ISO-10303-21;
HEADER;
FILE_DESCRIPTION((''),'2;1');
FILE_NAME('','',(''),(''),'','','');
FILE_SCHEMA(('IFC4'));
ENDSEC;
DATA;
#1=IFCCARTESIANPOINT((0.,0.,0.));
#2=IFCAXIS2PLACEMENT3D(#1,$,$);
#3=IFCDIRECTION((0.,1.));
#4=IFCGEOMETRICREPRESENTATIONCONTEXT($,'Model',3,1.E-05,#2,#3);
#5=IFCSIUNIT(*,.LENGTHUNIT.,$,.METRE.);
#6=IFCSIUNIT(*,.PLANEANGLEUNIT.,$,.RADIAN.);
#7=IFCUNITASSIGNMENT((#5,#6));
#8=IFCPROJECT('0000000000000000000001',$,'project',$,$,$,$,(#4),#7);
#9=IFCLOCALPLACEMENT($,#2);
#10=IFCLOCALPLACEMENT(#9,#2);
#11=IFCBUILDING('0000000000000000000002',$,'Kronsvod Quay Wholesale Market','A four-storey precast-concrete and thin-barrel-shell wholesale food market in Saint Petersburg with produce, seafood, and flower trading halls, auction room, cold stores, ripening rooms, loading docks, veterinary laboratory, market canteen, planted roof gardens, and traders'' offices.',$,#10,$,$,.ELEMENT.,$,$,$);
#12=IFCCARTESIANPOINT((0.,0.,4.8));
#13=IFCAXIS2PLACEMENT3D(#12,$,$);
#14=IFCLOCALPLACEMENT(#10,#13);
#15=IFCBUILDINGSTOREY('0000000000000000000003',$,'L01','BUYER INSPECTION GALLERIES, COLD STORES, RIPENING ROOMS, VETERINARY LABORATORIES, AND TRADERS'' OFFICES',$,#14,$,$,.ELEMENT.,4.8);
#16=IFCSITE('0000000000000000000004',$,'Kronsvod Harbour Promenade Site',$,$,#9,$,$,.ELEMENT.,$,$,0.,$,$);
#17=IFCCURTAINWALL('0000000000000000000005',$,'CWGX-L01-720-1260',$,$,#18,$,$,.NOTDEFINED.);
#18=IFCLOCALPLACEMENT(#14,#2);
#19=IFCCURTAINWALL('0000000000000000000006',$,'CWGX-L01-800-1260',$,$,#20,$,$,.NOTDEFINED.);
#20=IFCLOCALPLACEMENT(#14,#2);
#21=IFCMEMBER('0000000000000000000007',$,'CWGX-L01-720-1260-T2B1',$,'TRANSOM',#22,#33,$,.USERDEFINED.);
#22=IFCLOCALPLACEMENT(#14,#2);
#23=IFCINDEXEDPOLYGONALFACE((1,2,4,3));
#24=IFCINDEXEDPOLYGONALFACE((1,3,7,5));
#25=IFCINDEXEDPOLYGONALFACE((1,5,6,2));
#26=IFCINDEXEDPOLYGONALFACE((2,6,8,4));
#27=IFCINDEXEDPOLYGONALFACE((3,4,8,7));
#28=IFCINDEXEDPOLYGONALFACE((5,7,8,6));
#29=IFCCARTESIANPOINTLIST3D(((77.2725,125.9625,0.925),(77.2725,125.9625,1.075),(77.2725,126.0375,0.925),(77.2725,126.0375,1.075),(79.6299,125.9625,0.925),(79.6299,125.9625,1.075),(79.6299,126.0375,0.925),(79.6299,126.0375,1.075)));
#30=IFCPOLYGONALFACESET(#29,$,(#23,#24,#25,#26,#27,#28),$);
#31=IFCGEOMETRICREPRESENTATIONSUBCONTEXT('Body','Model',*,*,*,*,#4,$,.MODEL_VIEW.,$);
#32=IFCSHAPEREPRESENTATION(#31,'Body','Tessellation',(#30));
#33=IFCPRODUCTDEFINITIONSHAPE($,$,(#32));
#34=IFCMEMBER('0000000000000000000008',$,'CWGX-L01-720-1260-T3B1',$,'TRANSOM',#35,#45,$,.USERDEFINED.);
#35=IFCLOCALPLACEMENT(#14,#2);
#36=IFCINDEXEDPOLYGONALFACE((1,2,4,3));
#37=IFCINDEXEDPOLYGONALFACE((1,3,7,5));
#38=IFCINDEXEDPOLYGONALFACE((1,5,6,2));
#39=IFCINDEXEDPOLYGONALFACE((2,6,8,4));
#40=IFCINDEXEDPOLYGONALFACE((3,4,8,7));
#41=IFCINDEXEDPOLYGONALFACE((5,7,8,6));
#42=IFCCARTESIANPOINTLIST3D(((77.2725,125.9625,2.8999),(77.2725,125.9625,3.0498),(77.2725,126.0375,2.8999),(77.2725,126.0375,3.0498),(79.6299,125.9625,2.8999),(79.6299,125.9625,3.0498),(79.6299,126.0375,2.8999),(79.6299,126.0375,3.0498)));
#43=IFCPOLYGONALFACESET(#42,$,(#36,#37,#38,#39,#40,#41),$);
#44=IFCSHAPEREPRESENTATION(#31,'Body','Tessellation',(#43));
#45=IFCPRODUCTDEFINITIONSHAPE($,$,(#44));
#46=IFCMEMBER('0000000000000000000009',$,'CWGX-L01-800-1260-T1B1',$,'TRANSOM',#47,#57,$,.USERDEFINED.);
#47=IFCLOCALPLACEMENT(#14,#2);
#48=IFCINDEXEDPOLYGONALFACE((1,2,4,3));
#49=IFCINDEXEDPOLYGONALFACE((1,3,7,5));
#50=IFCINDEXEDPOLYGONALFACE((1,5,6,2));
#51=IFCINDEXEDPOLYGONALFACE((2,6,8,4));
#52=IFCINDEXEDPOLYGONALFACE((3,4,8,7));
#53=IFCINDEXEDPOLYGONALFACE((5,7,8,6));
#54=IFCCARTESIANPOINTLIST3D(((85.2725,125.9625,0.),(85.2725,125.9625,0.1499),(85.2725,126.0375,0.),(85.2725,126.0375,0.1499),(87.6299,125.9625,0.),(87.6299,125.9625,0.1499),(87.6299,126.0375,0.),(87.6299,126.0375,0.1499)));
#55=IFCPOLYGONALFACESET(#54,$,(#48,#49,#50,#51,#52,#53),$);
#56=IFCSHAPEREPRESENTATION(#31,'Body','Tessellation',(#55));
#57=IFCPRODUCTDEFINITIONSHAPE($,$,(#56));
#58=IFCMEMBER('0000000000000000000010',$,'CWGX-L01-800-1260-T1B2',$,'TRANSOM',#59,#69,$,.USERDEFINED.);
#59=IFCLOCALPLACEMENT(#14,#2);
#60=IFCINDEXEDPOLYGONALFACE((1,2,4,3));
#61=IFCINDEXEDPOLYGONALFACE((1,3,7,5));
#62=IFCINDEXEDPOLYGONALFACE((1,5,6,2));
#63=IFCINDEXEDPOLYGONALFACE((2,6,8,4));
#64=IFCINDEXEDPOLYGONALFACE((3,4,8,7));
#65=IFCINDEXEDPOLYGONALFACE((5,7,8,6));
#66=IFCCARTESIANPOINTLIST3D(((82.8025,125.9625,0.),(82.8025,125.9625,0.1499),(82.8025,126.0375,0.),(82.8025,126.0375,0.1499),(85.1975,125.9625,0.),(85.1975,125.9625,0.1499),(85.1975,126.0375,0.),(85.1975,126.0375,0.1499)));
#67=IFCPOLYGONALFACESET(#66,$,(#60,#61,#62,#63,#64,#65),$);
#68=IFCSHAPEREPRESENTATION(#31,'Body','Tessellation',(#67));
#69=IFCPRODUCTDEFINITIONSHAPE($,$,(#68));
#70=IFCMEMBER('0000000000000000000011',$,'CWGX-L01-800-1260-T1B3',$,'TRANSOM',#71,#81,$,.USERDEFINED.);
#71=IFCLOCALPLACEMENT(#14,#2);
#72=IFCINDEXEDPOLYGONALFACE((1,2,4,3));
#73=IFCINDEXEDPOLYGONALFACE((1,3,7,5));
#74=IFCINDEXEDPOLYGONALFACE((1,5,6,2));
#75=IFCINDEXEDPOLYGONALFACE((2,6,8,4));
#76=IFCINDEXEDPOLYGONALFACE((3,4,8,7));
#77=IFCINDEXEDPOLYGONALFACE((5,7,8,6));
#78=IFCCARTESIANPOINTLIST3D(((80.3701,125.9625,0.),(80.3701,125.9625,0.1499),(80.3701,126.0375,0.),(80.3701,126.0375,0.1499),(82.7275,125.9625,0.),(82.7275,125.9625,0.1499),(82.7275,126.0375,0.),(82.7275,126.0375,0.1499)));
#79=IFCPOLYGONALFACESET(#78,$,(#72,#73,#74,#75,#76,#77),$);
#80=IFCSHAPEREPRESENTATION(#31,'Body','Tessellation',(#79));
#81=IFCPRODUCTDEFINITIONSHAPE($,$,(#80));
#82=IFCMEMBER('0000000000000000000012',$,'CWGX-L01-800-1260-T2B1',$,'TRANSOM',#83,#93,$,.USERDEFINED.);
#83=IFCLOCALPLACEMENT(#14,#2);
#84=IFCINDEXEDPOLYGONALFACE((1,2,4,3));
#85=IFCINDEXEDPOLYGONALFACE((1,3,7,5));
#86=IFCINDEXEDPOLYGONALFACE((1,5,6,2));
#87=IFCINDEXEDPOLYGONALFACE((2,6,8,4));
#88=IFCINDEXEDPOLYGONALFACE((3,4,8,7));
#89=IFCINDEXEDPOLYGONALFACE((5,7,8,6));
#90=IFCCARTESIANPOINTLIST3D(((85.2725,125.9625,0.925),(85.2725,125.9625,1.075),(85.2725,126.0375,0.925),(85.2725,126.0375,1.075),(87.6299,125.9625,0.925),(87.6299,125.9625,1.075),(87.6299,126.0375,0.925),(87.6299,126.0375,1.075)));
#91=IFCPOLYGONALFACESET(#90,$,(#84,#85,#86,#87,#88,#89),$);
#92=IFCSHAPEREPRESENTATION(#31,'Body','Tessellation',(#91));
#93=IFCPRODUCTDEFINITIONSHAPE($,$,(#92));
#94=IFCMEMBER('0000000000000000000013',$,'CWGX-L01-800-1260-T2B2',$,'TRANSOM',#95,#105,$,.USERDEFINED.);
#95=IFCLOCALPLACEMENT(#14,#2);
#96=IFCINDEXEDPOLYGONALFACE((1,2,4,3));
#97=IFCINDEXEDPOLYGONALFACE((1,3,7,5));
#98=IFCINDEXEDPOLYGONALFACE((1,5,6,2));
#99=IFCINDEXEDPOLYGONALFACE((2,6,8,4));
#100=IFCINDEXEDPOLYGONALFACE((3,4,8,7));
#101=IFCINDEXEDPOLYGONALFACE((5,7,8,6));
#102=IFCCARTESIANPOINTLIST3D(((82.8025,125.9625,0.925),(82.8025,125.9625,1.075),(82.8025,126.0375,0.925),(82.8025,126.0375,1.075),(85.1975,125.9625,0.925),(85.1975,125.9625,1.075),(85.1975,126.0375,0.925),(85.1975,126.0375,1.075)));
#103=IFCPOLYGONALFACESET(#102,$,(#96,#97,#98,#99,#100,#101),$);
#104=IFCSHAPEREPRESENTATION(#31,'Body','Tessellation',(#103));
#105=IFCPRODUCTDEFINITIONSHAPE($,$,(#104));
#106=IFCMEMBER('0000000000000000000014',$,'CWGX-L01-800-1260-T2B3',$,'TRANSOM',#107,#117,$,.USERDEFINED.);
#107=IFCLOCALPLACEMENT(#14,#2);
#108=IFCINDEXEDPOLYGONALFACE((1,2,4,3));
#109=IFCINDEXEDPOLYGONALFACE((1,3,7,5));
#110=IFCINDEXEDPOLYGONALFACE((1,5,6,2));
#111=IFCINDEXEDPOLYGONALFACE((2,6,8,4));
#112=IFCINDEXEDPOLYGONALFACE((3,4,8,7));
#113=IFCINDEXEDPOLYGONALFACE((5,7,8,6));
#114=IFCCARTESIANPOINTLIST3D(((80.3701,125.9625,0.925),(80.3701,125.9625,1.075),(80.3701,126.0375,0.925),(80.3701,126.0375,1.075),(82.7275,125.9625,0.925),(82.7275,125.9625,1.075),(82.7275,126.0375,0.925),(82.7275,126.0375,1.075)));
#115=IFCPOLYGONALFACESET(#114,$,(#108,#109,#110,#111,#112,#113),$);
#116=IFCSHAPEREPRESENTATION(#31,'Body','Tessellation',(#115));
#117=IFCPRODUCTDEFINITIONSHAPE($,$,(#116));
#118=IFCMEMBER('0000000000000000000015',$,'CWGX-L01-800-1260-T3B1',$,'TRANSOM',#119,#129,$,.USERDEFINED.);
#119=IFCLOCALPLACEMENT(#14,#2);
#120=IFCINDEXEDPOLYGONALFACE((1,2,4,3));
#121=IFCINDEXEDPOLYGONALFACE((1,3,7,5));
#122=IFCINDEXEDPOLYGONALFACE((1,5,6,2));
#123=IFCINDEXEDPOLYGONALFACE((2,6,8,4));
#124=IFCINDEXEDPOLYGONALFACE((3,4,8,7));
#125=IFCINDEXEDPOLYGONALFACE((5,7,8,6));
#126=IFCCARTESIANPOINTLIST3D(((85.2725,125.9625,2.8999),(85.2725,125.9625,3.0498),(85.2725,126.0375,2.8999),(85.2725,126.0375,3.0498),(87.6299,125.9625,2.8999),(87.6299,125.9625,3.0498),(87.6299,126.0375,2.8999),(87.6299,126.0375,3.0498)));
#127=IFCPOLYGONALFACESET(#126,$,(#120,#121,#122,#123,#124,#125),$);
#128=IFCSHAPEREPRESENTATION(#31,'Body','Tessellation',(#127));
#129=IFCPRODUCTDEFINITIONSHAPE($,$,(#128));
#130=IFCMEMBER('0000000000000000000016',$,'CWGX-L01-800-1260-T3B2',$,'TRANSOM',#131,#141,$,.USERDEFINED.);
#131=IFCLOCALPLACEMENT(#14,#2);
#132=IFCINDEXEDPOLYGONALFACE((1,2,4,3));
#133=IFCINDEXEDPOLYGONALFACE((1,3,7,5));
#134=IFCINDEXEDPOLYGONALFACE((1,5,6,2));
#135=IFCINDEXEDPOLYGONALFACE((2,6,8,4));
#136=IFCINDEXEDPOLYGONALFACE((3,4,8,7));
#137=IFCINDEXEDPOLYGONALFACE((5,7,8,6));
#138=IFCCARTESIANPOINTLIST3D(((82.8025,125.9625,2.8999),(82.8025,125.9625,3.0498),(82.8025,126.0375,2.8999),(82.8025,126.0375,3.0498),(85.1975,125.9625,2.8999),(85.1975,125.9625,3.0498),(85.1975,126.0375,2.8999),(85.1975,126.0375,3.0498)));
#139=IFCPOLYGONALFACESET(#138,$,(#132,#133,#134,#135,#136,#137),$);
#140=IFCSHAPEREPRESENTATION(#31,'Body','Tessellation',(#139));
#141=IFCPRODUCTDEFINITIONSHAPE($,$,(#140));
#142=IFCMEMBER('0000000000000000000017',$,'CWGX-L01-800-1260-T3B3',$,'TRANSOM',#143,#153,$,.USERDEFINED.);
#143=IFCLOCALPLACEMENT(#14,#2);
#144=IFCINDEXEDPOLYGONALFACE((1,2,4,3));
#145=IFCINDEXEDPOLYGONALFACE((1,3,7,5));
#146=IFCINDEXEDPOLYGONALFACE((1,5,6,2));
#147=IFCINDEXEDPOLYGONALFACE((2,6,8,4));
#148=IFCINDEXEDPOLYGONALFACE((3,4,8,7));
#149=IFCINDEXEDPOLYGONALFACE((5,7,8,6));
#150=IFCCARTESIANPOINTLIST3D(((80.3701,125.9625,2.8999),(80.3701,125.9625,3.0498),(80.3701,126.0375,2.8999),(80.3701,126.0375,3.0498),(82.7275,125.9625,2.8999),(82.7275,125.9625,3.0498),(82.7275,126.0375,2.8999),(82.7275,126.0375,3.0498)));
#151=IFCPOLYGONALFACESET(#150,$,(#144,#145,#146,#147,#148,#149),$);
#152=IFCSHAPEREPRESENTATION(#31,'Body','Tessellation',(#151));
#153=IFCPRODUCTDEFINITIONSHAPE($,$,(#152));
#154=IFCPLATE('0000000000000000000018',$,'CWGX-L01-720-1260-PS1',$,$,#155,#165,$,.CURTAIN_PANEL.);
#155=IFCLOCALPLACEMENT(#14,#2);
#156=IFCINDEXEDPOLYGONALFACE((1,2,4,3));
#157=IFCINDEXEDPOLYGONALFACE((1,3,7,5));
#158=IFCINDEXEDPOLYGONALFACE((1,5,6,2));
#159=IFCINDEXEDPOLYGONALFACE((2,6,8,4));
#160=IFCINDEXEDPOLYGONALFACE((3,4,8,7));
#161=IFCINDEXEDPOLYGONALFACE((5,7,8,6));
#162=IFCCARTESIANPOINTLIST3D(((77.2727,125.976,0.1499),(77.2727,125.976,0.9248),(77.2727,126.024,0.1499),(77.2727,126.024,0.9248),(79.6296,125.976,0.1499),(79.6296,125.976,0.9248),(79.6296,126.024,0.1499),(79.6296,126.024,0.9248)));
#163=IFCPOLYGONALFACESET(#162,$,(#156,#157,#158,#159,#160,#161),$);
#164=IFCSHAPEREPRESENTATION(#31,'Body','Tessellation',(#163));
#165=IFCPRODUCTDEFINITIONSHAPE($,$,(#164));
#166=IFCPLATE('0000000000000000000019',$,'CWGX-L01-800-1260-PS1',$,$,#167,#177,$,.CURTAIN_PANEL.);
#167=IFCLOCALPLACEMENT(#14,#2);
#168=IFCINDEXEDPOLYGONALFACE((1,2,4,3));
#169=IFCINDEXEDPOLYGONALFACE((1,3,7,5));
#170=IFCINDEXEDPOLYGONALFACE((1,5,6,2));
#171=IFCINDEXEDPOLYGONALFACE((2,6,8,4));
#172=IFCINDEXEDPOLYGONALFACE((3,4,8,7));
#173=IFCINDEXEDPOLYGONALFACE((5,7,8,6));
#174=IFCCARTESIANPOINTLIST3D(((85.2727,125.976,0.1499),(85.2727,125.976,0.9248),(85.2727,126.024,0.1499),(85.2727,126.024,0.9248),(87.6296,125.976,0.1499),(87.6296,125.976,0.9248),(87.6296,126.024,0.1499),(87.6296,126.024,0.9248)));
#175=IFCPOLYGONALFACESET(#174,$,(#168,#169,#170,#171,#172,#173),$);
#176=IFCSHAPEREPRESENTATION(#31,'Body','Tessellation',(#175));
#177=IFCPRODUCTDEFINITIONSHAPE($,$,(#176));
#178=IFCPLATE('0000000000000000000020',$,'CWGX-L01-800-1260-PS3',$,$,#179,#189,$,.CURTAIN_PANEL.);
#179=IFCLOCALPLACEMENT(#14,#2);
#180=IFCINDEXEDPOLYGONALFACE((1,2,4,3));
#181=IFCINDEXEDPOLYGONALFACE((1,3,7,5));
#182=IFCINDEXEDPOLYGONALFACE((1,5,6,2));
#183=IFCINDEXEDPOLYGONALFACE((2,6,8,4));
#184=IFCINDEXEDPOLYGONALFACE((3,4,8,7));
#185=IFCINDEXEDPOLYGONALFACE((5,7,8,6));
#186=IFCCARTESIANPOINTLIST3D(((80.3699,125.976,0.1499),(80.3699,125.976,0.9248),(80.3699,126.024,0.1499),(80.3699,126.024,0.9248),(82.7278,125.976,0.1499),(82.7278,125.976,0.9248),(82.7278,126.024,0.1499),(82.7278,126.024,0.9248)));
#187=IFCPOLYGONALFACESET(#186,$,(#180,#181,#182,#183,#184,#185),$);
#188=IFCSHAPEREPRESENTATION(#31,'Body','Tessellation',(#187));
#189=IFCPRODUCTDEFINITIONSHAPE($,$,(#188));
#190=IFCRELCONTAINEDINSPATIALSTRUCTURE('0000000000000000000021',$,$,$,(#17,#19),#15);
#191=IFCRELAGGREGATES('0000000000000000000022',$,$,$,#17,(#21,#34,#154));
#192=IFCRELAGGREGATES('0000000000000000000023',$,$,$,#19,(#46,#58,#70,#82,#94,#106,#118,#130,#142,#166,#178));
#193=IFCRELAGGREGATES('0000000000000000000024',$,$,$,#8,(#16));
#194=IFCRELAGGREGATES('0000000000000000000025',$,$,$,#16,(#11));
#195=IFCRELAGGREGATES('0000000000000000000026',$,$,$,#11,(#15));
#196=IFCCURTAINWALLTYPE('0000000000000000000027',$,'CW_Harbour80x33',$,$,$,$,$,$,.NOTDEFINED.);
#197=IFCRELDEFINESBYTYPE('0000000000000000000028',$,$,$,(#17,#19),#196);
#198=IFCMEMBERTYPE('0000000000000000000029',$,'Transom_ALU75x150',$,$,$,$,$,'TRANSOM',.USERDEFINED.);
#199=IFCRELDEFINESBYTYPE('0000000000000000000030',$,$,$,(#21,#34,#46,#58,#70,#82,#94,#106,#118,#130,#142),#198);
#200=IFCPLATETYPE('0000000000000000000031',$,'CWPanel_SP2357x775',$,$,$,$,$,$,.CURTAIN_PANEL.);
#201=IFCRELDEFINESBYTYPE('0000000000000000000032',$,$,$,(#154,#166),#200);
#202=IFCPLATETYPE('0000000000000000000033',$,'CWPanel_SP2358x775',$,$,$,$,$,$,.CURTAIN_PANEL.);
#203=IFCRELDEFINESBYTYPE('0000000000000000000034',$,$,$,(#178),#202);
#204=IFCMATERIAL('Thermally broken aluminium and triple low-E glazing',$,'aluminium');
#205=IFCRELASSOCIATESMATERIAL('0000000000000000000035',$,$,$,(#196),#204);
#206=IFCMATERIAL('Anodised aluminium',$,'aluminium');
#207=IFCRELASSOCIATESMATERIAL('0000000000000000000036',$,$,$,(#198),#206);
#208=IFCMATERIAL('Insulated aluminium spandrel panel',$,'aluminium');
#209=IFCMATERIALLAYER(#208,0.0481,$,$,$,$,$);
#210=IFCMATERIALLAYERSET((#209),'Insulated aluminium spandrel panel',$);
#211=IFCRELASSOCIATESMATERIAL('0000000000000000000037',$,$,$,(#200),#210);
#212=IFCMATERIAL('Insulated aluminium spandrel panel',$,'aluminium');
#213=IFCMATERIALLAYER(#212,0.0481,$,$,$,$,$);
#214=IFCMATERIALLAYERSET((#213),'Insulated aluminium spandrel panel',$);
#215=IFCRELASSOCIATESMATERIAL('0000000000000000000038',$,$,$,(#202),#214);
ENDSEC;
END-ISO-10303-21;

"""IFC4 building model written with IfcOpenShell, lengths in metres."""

from ifc_helpers import new_model, si_unit, direction, frame, origin, origin_2d, place, context, subcontext, project, spatial, rectangle, extrude, material, layer, layer_set, material_profile, profile_set, type_object, element, aggregate, save


model = new_model("IFC4")

# Units and contexts
model_context = context("Model", 3, precision=1e-05, world=origin(), true_north=direction((0.0, 1.0)))
body_context = subcontext(model_context, "Body", "Model", "MODEL_VIEW")
ifc_project = project(units=[si_unit("LENGTHUNIT", "METRE"), si_unit("PLANEANGLEUNIT", "RADIAN")], contexts=[model_context])

# Site, building, storey
site_placement = place(None, origin())
site = spatial("IfcSite", under=ifc_project, at=site_placement, Name="Kronsvod Harbour Promenade Site", CompositionType="ELEMENT", RefElevation=0.0)
building_placement = place(site_placement, origin())
building = spatial("IfcBuilding", under=site, at=building_placement, Name="Kronsvod Quay Wholesale Market", Description="A four-storey precast-concrete and thin-barrel-shell wholesale food market in Saint Petersburg with produce, seafood, and flower trading halls, auction room, cold stores, ripening rooms, loading docks, veterinary laboratory, market canteen, planted roof gardens, and traders' offices.", CompositionType="ELEMENT")
storey_placement = place(building_placement, frame((0.0, 0.0, 4.8)))
storey = spatial("IfcBuildingStorey", under=building, at=storey_placement, Name="L01", Description="BUYER INSPECTION GALLERIES, COLD STORES, RIPENING ROOMS, VETERINARY LABORATORIES, AND TRADERS' OFFICES", CompositionType="ELEMENT", Elevation=4.8)

# Curtain wall
ifc_material_1 = material(Name="Thermally broken aluminium and triple low-E glazing", Category="aluminium")
curtain_wall_type = type_object("IfcCurtainWallType", Name="CW_Harbour80x33", PredefinedType="NOTDEFINED", material=ifc_material_1)
curtain_wall_1_placement = place(storey_placement, origin())
curtain_wall_1 = element("IfcCurtainWall", 1, at=curtain_wall_1_placement, inside=storey, type_object=curtain_wall_type, Name="CWGX-L01-720-1260", PredefinedType="NOTDEFINED")

# Curtain wall
curtain_wall_2_placement = place(storey_placement, origin())
curtain_wall_2 = element("IfcCurtainWall", 2, at=curtain_wall_2_placement, inside=storey, type_object=curtain_wall_type, Name="CWGX-L01-800-1260", PredefinedType="NOTDEFINED")

# Members
ifc_material_2 = material(Name="Anodised aluminium", Category="aluminium")
ifc_material_profile_1 = material_profile(ifc_material_2, rectangle(XDim=0.075, YDim=0.1499, at=origin_2d()), Name="ALUT75x150")
ifc_profile_set_1 = profile_set([ifc_material_profile_1], Name="Anodised aluminium")
member_type_1 = type_object("IfcMemberType", Name="Transom_ALU75x150", ElementType="TRANSOM", PredefinedType="USERDEFINED", material=ifc_profile_set_1)
member_1_placement = place(storey_placement, frame((79.6299, 126.0, 1.0), z_axis=(-1.0, 0.0, 0.0), x_axis=(0.0, -1.0, 0.0)))
member_1 = element("IfcMember", 3, at=member_1_placement, type_object=member_type_1, Name="CWGX-L01-720-1260-T2B1", ObjectType="TRANSOM", PredefinedType="USERDEFINED", context=body_context, shape_type="SweptSolid", body=[
    extrude(rectangle(XDim=0.075, YDim=0.1499, at=origin_2d()), origin(), (0.0, 0.0, 1.0), 2.3574),
])
member_2_placement = place(storey_placement, frame((79.6299, 126.0, 2.9749), z_axis=(-1.0, 0.0, 0.0), x_axis=(0.0, -1.0, 0.0)))
member_2 = element("IfcMember", 4, at=member_2_placement, type_object=member_type_1, Name="CWGX-L01-720-1260-T3B1", ObjectType="TRANSOM", PredefinedType="USERDEFINED", context=body_context, shape_type="SweptSolid", body=[
    extrude(rectangle(XDim=0.075, YDim=0.1499, at=origin_2d()), origin(), (0.0, 0.0, 1.0), 2.3574),
])
member_3_placement = place(storey_placement, frame((87.6299, 126.0, 0.075), z_axis=(-1.0, 0.0, 0.0), x_axis=(0.0, -1.0, 0.0)))
member_3 = element("IfcMember", 5, at=member_3_placement, type_object=member_type_1, Name="CWGX-L01-800-1260-T1B1", ObjectType="TRANSOM", PredefinedType="USERDEFINED", context=body_context, shape_type="SweptSolid", body=[
    extrude(rectangle(XDim=0.075, YDim=0.1499, at=origin_2d()), origin(), (0.0, 0.0, 1.0), 2.3574),
])
member_4_placement = place(storey_placement, frame((85.1975, 126.0, 0.075), z_axis=(-1.0, 0.0, 0.0), x_axis=(0.0, -1.0, 0.0)))
member_4 = element("IfcMember", 6, at=member_4_placement, type_object=member_type_1, Name="CWGX-L01-800-1260-T1B2", ObjectType="TRANSOM", PredefinedType="USERDEFINED", context=body_context, shape_type="SweptSolid", body=[
    extrude(rectangle(XDim=0.075, YDim=0.1499, at=origin_2d()), origin(), (0.0, 0.0, 1.0), 2.395),
])
member_5_placement = place(storey_placement, frame((82.7275, 126.0, 0.075), z_axis=(-1.0, 0.0, 0.0), x_axis=(0.0, -1.0, 0.0)))
member_5 = element("IfcMember", 7, at=member_5_placement, type_object=member_type_1, Name="CWGX-L01-800-1260-T1B3", ObjectType="TRANSOM", PredefinedType="USERDEFINED", context=body_context, shape_type="SweptSolid", body=[
    extrude(rectangle(XDim=0.075, YDim=0.1499, at=origin_2d()), origin(), (0.0, 0.0, 1.0), 2.3574),
])
member_6_placement = place(storey_placement, frame((87.6299, 126.0, 1.0), z_axis=(-1.0, 0.0, 0.0), x_axis=(0.0, -1.0, 0.0)))
member_6 = element("IfcMember", 8, at=member_6_placement, type_object=member_type_1, Name="CWGX-L01-800-1260-T2B1", ObjectType="TRANSOM", PredefinedType="USERDEFINED", context=body_context, shape_type="SweptSolid", body=[
    extrude(rectangle(XDim=0.075, YDim=0.1499, at=origin_2d()), origin(), (0.0, 0.0, 1.0), 2.3574),
])
member_7_placement = place(storey_placement, frame((85.1975, 126.0, 1.0), z_axis=(-1.0, 0.0, 0.0), x_axis=(0.0, -1.0, 0.0)))
member_7 = element("IfcMember", 9, at=member_7_placement, type_object=member_type_1, Name="CWGX-L01-800-1260-T2B2", ObjectType="TRANSOM", PredefinedType="USERDEFINED", context=body_context, shape_type="SweptSolid", body=[
    extrude(rectangle(XDim=0.075, YDim=0.1499, at=origin_2d()), origin(), (0.0, 0.0, 1.0), 2.395),
])
member_8_placement = place(storey_placement, frame((82.7275, 126.0, 1.0), z_axis=(-1.0, 0.0, 0.0), x_axis=(0.0, -1.0, 0.0)))
member_8 = element("IfcMember", 10, at=member_8_placement, type_object=member_type_1, Name="CWGX-L01-800-1260-T2B3", ObjectType="TRANSOM", PredefinedType="USERDEFINED", context=body_context, shape_type="SweptSolid", body=[
    extrude(rectangle(XDim=0.075, YDim=0.1499, at=origin_2d()), origin(), (0.0, 0.0, 1.0), 2.3574),
])
member_9_placement = place(storey_placement, frame((87.6299, 126.0, 2.9749), z_axis=(-1.0, 0.0, 0.0), x_axis=(0.0, -1.0, 0.0)))
member_9 = element("IfcMember", 11, at=member_9_placement, type_object=member_type_1, Name="CWGX-L01-800-1260-T3B1", ObjectType="TRANSOM", PredefinedType="USERDEFINED", context=body_context, shape_type="SweptSolid", body=[
    extrude(rectangle(XDim=0.075, YDim=0.1499, at=origin_2d()), origin(), (0.0, 0.0, 1.0), 2.3574),
])
member_10_placement = place(storey_placement, frame((85.1975, 126.0, 2.9749), z_axis=(-1.0, 0.0, 0.0), x_axis=(0.0, -1.0, 0.0)))
member_10 = element("IfcMember", 12, at=member_10_placement, type_object=member_type_1, Name="CWGX-L01-800-1260-T3B2", ObjectType="TRANSOM", PredefinedType="USERDEFINED", context=body_context, shape_type="SweptSolid", body=[
    extrude(rectangle(XDim=0.075, YDim=0.1499, at=origin_2d()), origin(), (0.0, 0.0, 1.0), 2.395),
])
member_11_placement = place(storey_placement, frame((82.7275, 126.0, 2.9749), z_axis=(-1.0, 0.0, 0.0), x_axis=(0.0, -1.0, 0.0)))
member_11 = element("IfcMember", 13, at=member_11_placement, type_object=member_type_1, Name="CWGX-L01-800-1260-T3B3", ObjectType="TRANSOM", PredefinedType="USERDEFINED", context=body_context, shape_type="SweptSolid", body=[
    extrude(rectangle(XDim=0.075, YDim=0.1499, at=origin_2d()), origin(), (0.0, 0.0, 1.0), 2.3574),
])

# Plates
ifc_material_3 = material(Name="Insulated aluminium spandrel panel", Category="aluminium")
ifc_layer_1 = layer(ifc_material_3, 0.0481)
ifc_layer_set_1 = layer_set([ifc_layer_1], Name="Insulated aluminium spandrel panel")
plate_type_1 = type_object("IfcPlateType", Name="CWPanel_SP2357x775", PredefinedType="CURTAIN_PANEL", material=ifc_layer_set_1)
plate_1_placement = place(storey_placement, frame((78.4512, 126.0, 0.1499), z_axis=(0.0, 0.0, 1.0), x_axis=(-1.0, 0.0, 0.0)))
plate_1 = element("IfcPlate", 14, at=plate_1_placement, type_object=plate_type_1, Name="CWGX-L01-720-1260-PS1", PredefinedType="CURTAIN_PANEL", context=body_context, shape_type="SweptSolid", body=[
    extrude(rectangle(XDim=2.3569, YDim=0.0481, at=origin_2d()), origin(), (0.0, 0.0, 1.0), 0.7749),
])
plate_2_placement = place(storey_placement, frame((86.4512, 126.0, 0.1499), z_axis=(0.0, 0.0, 1.0), x_axis=(-1.0, 0.0, 0.0)))
plate_2 = element("IfcPlate", 15, at=plate_2_placement, type_object=plate_type_1, Name="CWGX-L01-800-1260-PS1", PredefinedType="CURTAIN_PANEL", context=body_context, shape_type="SweptSolid", body=[
    extrude(rectangle(XDim=2.3569, YDim=0.0481, at=origin_2d()), origin(), (0.0, 0.0, 1.0), 0.7749),
])
ifc_material_4 = material(Name="Insulated aluminium spandrel panel", Category="aluminium")
ifc_layer_2 = layer(ifc_material_4, 0.0481)
ifc_layer_set_2 = layer_set([ifc_layer_2], Name="Insulated aluminium spandrel panel")
plate_type_2 = type_object("IfcPlateType", Name="CWPanel_SP2358x775", PredefinedType="CURTAIN_PANEL", material=ifc_layer_set_2)
plate_3_placement = place(storey_placement, frame((81.5488, 126.0, 0.1499), z_axis=(0.0, 0.0, 1.0), x_axis=(-1.0, 0.0, 0.0)))
plate_3 = element("IfcPlate", 16, at=plate_3_placement, type_object=plate_type_2, Name="CWGX-L01-800-1260-PS3", PredefinedType="CURTAIN_PANEL", context=body_context, shape_type="SweptSolid", body=[
    extrude(rectangle(XDim=2.3579, YDim=0.0481, at=origin_2d()), origin(), (0.0, 0.0, 1.0), 0.7749),
])
aggregate(curtain_wall_1, [member_1, member_2, plate_1])
aggregate(curtain_wall_2, [member_3, member_4, member_5, member_6, member_7, member_8, member_9, member_10, member_11, plate_2, plate_3])

save(model, "model.ifc")
